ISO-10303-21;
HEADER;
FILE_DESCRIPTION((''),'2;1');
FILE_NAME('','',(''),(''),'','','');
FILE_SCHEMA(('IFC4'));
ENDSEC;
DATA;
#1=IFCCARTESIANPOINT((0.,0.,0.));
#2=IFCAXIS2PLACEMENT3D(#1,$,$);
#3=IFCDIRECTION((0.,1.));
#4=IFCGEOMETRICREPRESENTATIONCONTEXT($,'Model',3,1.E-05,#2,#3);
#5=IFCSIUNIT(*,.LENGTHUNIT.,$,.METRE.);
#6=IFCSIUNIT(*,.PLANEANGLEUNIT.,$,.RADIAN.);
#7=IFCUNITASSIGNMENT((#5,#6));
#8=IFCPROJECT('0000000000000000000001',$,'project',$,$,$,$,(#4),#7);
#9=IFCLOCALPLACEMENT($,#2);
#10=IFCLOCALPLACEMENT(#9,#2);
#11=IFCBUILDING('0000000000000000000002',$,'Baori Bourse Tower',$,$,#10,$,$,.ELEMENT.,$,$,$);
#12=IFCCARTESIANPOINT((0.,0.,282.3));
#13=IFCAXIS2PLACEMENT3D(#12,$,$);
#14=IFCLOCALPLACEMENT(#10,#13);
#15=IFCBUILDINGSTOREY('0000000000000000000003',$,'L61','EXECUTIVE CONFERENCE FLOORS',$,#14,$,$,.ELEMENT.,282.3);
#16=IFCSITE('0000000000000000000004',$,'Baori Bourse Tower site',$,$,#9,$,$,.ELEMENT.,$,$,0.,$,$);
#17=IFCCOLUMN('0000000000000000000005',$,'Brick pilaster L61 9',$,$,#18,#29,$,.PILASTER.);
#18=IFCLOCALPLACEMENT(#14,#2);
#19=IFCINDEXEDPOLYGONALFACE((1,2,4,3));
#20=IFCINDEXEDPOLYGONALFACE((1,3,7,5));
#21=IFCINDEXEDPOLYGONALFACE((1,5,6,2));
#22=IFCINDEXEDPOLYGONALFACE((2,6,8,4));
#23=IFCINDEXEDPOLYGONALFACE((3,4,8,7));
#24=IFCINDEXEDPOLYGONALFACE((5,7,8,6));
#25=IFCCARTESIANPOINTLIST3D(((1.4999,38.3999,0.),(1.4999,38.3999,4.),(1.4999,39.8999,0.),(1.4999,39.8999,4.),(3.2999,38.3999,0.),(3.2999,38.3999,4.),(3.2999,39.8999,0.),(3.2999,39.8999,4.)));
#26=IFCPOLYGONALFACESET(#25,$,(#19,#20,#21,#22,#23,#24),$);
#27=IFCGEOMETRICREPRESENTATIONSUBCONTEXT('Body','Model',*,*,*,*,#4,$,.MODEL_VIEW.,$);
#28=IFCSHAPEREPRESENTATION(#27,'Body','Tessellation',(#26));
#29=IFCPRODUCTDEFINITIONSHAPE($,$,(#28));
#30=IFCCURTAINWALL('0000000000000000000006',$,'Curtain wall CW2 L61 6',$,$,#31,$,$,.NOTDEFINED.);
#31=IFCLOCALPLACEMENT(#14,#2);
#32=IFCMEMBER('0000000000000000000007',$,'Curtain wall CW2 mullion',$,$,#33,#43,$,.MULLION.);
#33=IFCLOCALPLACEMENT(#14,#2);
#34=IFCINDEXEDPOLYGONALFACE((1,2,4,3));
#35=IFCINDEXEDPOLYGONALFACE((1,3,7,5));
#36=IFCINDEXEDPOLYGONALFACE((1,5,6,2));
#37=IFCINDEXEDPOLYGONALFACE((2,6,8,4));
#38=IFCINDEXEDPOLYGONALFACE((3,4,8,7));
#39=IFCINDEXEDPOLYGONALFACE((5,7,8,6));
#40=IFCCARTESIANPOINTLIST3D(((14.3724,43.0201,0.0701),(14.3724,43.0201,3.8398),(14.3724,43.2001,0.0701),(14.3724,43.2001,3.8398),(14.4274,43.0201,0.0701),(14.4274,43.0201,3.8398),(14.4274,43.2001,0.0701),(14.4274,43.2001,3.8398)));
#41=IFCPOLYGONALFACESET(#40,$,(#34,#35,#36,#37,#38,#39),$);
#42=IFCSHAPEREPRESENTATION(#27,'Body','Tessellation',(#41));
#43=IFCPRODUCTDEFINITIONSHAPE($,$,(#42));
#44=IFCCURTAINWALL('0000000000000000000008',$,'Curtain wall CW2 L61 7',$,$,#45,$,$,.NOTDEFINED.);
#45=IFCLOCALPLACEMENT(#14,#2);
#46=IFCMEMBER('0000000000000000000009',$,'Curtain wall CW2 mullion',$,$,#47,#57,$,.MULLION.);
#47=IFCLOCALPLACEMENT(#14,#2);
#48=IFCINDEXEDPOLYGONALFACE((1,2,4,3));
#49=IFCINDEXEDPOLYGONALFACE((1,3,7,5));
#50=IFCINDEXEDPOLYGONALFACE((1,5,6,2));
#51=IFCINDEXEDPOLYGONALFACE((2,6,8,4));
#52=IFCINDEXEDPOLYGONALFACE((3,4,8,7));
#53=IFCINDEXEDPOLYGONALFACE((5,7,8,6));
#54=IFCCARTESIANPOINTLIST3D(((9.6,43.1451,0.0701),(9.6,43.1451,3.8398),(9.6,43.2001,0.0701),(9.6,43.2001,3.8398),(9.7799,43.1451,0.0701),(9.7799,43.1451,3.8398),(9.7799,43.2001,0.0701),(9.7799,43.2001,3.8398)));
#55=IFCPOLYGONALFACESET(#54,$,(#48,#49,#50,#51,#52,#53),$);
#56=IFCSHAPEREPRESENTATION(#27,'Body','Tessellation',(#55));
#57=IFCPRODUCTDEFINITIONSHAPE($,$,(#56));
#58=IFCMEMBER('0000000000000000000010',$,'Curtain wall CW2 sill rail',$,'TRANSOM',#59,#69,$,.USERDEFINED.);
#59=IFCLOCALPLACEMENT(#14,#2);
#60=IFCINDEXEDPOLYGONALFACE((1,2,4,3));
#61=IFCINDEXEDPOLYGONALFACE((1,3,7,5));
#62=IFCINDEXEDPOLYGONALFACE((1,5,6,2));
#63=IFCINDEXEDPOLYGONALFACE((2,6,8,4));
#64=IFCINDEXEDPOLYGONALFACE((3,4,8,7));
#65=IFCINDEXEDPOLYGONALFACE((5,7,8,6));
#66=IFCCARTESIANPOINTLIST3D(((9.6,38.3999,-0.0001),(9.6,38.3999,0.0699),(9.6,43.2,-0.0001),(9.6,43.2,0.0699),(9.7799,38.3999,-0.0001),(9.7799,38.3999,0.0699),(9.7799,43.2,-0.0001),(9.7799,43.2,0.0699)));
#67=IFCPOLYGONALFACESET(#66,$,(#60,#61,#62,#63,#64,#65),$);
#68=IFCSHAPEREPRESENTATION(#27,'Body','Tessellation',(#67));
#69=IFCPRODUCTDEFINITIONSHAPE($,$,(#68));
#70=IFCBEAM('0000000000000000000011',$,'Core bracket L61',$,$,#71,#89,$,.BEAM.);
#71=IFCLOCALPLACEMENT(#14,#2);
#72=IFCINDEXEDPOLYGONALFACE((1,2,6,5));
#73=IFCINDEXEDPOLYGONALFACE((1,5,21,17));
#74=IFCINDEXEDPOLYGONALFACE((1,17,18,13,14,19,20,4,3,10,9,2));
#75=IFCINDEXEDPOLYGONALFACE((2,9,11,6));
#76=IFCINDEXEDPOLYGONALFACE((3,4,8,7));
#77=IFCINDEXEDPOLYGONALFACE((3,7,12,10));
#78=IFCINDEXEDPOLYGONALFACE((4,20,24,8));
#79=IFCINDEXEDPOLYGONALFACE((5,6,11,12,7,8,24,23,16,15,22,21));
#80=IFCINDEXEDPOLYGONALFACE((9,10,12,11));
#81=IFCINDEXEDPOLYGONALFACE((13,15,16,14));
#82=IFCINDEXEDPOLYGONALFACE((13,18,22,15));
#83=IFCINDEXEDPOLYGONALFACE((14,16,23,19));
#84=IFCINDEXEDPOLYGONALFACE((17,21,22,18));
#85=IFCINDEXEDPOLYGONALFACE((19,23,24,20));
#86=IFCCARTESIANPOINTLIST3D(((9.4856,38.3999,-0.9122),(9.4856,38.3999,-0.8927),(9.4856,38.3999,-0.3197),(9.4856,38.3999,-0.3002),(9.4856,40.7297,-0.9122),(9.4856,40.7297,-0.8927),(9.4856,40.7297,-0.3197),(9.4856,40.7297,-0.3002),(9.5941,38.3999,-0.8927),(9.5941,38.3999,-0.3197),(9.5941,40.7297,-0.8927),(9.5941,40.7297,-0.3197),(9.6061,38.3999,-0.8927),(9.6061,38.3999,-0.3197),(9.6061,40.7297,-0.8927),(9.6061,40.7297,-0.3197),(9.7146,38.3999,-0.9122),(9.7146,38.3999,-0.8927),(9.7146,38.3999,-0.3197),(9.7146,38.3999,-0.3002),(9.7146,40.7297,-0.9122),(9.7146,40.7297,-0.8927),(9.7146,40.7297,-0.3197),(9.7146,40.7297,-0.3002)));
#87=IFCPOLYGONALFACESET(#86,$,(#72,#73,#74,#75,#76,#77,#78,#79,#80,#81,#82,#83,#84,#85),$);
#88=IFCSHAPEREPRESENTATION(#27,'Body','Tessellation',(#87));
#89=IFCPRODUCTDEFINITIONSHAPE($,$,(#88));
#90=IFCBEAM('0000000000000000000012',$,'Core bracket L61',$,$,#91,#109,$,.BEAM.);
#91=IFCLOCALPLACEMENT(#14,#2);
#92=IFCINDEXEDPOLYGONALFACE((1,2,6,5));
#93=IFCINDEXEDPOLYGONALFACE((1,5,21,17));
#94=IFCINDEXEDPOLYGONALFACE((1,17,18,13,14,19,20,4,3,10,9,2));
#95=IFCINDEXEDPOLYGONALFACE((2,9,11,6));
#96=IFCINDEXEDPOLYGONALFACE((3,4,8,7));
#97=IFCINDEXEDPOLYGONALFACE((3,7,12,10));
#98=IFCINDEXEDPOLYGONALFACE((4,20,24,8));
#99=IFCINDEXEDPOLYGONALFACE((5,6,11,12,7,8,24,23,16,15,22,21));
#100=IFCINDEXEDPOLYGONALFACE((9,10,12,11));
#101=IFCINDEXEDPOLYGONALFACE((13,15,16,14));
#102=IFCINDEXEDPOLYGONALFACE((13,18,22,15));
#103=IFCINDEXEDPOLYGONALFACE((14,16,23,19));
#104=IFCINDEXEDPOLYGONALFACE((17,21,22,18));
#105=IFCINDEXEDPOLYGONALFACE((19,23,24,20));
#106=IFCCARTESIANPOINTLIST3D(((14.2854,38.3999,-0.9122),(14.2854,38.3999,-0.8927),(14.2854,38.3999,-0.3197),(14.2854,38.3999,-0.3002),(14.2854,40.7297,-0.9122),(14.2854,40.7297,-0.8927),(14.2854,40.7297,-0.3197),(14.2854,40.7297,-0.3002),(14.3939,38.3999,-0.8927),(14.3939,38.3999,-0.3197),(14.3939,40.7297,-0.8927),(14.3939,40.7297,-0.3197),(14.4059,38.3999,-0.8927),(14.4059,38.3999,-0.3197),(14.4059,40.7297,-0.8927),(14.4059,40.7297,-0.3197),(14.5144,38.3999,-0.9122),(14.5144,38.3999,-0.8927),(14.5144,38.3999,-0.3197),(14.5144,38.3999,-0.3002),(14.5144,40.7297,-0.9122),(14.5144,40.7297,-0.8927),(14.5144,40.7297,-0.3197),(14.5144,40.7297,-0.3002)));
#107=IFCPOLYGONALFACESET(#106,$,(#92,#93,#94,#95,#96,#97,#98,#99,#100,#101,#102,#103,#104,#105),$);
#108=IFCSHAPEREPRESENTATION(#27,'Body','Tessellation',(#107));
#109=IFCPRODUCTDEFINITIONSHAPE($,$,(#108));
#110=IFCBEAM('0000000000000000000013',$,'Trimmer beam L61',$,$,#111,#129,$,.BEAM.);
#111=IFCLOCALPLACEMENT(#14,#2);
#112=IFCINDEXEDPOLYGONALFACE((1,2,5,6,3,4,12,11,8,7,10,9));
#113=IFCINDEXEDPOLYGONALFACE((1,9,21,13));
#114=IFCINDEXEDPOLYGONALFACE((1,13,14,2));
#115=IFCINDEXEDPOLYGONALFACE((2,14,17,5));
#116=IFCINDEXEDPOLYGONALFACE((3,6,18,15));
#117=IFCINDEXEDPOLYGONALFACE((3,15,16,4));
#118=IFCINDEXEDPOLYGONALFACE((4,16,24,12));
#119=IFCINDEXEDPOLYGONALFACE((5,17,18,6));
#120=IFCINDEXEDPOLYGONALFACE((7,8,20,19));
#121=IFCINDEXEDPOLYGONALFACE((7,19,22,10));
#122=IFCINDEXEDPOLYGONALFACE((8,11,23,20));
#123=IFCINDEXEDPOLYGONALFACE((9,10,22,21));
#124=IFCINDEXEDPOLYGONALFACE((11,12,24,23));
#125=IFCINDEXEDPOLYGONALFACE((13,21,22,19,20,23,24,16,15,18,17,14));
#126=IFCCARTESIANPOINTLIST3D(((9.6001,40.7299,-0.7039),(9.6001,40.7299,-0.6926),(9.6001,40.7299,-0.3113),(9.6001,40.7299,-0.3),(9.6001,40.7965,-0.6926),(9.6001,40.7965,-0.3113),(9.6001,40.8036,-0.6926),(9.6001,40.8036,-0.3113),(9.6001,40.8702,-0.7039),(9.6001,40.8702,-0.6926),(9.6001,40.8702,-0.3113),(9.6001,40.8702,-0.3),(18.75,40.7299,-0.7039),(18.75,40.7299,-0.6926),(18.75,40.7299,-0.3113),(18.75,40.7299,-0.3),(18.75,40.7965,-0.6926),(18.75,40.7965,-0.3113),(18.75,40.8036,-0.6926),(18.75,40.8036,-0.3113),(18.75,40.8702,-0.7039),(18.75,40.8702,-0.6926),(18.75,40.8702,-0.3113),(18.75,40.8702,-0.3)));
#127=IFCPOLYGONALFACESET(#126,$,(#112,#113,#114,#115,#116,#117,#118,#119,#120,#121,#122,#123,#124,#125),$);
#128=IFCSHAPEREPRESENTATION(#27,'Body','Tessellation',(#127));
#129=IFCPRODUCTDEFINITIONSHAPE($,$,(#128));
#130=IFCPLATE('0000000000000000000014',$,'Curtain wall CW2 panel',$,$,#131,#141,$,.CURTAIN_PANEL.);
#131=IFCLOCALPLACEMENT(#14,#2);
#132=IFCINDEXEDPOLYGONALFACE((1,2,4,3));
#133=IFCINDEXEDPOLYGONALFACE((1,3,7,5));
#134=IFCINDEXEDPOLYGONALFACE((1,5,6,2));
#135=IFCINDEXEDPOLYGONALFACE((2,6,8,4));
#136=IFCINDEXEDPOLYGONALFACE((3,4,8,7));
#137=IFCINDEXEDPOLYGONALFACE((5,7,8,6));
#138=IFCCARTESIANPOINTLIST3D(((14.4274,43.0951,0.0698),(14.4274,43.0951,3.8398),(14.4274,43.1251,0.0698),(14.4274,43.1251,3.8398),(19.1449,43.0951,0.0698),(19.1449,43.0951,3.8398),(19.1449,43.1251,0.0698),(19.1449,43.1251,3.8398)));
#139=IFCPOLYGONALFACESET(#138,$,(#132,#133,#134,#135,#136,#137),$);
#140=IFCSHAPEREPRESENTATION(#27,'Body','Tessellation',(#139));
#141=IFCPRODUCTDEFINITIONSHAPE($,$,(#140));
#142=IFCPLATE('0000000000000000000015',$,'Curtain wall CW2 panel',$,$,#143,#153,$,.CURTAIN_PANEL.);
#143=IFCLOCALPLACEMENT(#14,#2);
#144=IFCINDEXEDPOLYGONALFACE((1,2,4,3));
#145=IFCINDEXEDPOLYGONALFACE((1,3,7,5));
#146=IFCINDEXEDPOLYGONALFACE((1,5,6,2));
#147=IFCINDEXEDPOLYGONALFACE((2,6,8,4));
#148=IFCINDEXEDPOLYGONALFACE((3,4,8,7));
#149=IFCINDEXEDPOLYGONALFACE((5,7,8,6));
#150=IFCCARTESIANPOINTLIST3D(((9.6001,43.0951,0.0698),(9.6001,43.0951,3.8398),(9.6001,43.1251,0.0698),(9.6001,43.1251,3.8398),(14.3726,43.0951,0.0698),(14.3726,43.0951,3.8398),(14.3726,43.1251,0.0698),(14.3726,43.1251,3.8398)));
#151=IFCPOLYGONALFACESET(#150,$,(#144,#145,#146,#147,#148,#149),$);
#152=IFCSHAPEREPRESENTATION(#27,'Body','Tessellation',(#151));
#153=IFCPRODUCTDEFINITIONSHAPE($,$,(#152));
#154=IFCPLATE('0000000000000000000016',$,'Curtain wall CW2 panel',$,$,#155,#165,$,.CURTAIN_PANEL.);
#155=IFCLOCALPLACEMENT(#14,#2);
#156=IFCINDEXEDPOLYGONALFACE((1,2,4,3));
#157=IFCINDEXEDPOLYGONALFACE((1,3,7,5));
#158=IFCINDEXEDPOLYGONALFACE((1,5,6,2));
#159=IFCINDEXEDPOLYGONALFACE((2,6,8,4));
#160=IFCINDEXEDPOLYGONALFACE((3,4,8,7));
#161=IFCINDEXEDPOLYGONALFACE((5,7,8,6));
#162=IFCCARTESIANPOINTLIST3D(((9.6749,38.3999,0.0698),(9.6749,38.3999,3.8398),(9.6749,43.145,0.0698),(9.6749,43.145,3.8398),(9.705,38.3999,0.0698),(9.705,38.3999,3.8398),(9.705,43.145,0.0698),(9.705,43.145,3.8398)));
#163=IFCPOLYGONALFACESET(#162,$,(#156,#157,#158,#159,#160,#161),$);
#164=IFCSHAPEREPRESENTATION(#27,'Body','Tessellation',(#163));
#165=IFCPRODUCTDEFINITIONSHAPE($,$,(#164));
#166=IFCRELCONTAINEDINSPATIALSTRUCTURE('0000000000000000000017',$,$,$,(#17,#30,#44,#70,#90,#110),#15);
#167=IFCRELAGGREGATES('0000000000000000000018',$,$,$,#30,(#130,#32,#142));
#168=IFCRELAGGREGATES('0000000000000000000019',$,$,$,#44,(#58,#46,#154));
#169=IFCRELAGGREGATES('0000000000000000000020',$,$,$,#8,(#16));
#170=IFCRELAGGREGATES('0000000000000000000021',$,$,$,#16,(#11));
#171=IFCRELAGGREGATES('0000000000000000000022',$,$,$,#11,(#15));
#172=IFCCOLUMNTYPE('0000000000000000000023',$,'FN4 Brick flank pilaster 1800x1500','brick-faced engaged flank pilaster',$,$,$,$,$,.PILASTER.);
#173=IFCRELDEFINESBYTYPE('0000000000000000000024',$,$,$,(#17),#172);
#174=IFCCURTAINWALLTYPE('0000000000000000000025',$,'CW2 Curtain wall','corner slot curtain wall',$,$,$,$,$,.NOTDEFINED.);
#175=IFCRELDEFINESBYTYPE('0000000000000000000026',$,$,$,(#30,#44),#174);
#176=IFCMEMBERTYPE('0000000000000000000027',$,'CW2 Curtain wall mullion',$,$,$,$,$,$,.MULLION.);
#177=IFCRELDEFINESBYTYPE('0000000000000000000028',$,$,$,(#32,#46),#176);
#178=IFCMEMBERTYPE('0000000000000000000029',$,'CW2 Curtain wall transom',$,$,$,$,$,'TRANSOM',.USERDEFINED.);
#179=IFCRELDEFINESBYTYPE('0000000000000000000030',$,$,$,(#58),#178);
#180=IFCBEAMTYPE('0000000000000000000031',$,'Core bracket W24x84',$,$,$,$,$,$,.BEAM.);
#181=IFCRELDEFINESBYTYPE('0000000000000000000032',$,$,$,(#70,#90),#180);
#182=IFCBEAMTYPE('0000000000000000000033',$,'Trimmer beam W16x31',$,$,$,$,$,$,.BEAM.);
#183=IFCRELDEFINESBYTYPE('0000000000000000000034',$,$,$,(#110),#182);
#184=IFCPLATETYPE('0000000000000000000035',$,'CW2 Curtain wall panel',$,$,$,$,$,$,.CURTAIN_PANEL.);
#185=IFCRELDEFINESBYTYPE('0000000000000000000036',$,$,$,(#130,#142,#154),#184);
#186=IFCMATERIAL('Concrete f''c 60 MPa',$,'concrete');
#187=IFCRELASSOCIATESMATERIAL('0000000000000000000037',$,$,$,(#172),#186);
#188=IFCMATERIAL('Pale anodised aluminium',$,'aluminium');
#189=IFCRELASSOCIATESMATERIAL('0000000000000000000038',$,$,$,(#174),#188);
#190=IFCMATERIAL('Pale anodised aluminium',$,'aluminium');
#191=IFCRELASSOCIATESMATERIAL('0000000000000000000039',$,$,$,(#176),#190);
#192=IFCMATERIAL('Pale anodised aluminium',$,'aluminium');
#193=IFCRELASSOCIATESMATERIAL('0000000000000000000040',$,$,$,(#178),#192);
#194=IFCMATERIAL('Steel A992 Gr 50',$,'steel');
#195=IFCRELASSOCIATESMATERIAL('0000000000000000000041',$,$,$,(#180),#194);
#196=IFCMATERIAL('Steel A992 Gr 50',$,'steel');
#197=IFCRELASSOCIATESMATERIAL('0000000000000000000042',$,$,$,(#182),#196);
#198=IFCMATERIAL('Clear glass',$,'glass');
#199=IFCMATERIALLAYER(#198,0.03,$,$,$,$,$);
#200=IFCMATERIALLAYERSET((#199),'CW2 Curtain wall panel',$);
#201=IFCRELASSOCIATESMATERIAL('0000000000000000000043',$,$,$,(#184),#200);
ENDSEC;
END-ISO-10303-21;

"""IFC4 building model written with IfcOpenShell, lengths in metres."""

from ifc_helpers import new_model, si_unit, direction, frame, origin, origin_2d, place, context, subcontext, project, spatial, rectangle, i_section, extrude, material, layer, layer_set, material_profile, profile_set, type_object, element, aggregate, save


model = new_model("IFC4")

# Units and contexts
model_context = context("Model", 3, precision=1e-05, world=origin(), true_north=direction((0.0, 1.0)))
body_context = subcontext(model_context, "Body", "Model", "MODEL_VIEW")
ifc_project = project(units=[si_unit("LENGTHUNIT", "METRE"), si_unit("PLANEANGLEUNIT", "RADIAN")], contexts=[model_context])

# Site, building, storey
site_placement = place(None, origin())
site = spatial("IfcSite", under=ifc_project, at=site_placement, Name="Baori Bourse Tower site", CompositionType="ELEMENT", RefElevation=0.0)
building_placement = place(site_placement, origin())
building = spatial("IfcBuilding", under=site, at=building_placement, Name="Baori Bourse Tower", CompositionType="ELEMENT")
storey_placement = place(building_placement, frame((0.0, 0.0, 282.3)))
storey = spatial("IfcBuildingStorey", under=building, at=storey_placement, Name="L61", Description="EXECUTIVE CONFERENCE FLOORS", CompositionType="ELEMENT", Elevation=282.3)

# Column
ifc_material_1 = material(Name="Concrete f'c 60 MPa", Category="concrete")
ifc_material_profile_1 = material_profile(ifc_material_1, rectangle(XDim=1.8, YDim=1.5, at=origin_2d()), Name="RC 1800x1500")
ifc_profile_set_1 = profile_set([ifc_material_profile_1], Name="Concrete f'c 60 MPa")
column_type = type_object("IfcColumnType", Name="FN4 Brick flank pilaster 1800x1500", Description="brick-faced engaged flank pilaster", PredefinedType="PILASTER", material=ifc_profile_set_1)
column_placement = place(storey_placement, frame((2.3999, 39.1499, 0.0), z_axis=(0.0, 0.0, 1.0), x_axis=(1.0, 0.0, 0.0)))
element("IfcColumn", 1, at=column_placement, inside=storey, type_object=column_type, Name="Brick pilaster L61 9", PredefinedType="PILASTER", context=body_context, shape_type="SweptSolid", body=[
    extrude(rectangle(XDim=1.8, YDim=1.5, at=origin_2d()), origin(), (0.0, 0.0, 1.0), 4.0),
])

# Curtain wall, member
ifc_material_2 = material(Name="Pale anodised aluminium", Category="aluminium")
curtain_wall_type = type_object("IfcCurtainWallType", Name="CW2 Curtain wall", Description="corner slot curtain wall", PredefinedType="NOTDEFINED", material=ifc_material_2)
curtain_wall_1_placement = place(storey_placement, origin())
curtain_wall_1 = element("IfcCurtainWall", 2, at=curtain_wall_1_placement, inside=storey, type_object=curtain_wall_type, Name="Curtain wall CW2 L61 6", PredefinedType="NOTDEFINED")
ifc_material_3 = material(Name="Pale anodised aluminium", Category="aluminium")
ifc_material_profile_2 = material_profile(ifc_material_3, rectangle(XDim=0.1799, YDim=0.0549, at=origin_2d()), Name="Mullion 55x180")
ifc_profile_set_2 = profile_set([ifc_material_profile_2], Name="Pale anodised aluminium")
member_type_1 = type_object("IfcMemberType", Name="CW2 Curtain wall mullion", PredefinedType="MULLION", material=ifc_profile_set_2)
member_1_placement = place(storey_placement, frame((14.3999, 43.1101, 0.0701), z_axis=(0.0, 0.0, 1.0), x_axis=(0.0, -1.0, 0.0)))
member_1 = element("IfcMember", 3, at=member_1_placement, type_object=member_type_1, Name="Curtain wall CW2 mullion", PredefinedType="MULLION", context=body_context, shape_type="SweptSolid", body=[
    extrude(rectangle(XDim=0.1799, YDim=0.0549, at=origin_2d()), origin(), (0.0, 0.0, 1.0), 3.7698),
])

# Curtain wall, members
curtain_wall_2_placement = place(storey_placement, origin())
curtain_wall_2 = element("IfcCurtainWall", 4, at=curtain_wall_2_placement, inside=storey, type_object=curtain_wall_type, Name="Curtain wall CW2 L61 7", PredefinedType="NOTDEFINED")
member_2_placement = place(storey_placement, frame((9.6899, 43.1726, 0.0701), z_axis=(0.0, 0.0, 1.0), x_axis=(1.0, 0.0, 0.0)))
member_2 = element("IfcMember", 5, at=member_2_placement, type_object=member_type_1, Name="Curtain wall CW2 mullion", PredefinedType="MULLION", context=body_context, shape_type="SweptSolid", body=[
    extrude(rectangle(XDim=0.1799, YDim=0.0549, at=origin_2d()), origin(), (0.0, 0.0, 1.0), 3.7698),
])
ifc_material_4 = material(Name="Pale anodised aluminium", Category="aluminium")
ifc_material_profile_3 = material_profile(ifc_material_4, rectangle(XDim=0.1799, YDim=0.0701, at=origin_2d()), Name="Transom 70x180")
ifc_profile_set_3 = profile_set([ifc_material_profile_3], Name="Pale anodised aluminium")
member_type_2 = type_object("IfcMemberType", Name="CW2 Curtain wall transom", ElementType="TRANSOM", PredefinedType="USERDEFINED", material=ifc_profile_set_3)
member_3_placement = place(storey_placement, frame((9.6899, 43.2, 0.0349), z_axis=(0.0, -1.0, 0.0), x_axis=(1.0, 0.0, 0.0)))
member_3 = element("IfcMember", 6, at=member_3_placement, type_object=member_type_2, Name="Curtain wall CW2 sill rail", ObjectType="TRANSOM", PredefinedType="USERDEFINED", context=body_context, shape_type="SweptSolid", body=[
    extrude(rectangle(XDim=0.1799, YDim=0.0701, at=origin_2d()), origin(), (0.0, 0.0, 1.0), 4.8),
])

# Beams
ifc_material_5 = material(Name="Steel A992 Gr 50", Category="steel")
ifc_material_profile_4 = material_profile(ifc_material_5, i_section(OverallWidth=0.229, OverallDepth=0.6121, WebThickness=0.012, FlangeThickness=0.0195, at=origin_2d()), Name="W24x84")
ifc_profile_set_4 = profile_set([ifc_material_profile_4], Name="Steel A992 Gr 50")
beam_type_1 = type_object("IfcBeamType", Name="Core bracket W24x84", PredefinedType="BEAM", material=ifc_profile_set_4)
for number, where, z_axis, x_axis, name in (
    (7, (9.6001, 38.3999, -0.6062), (0.0, 1.0, 0.0), (-1.0, 0.0, 0.0), "Core bracket L61"),
    (8, (14.3999, 38.3999, -0.6062), (0.0, 1.0, 0.0), (-1.0, 0.0, 0.0), "Core bracket L61"),
):
    element("IfcBeam", number, at=place(storey_placement, frame(where, z_axis=z_axis, x_axis=x_axis)), inside=storey, type_object=beam_type_1, Name=name, PredefinedType="BEAM", context=body_context, shape_type="SweptSolid", body=[
        extrude(i_section(OverallWidth=0.229, OverallDepth=0.6121, WebThickness=0.012, FlangeThickness=0.0195, at=origin_2d()), origin(), (0.0, 0.0, 1.0), 2.3298),
    ])
ifc_material_6 = material(Name="Steel A992 Gr 50", Category="steel")
ifc_material_profile_5 = material_profile(ifc_material_6, i_section(OverallWidth=0.1404, OverallDepth=0.4038, WebThickness=0.0071, FlangeThickness=0.0112, at=origin_2d()), Name="W16x31")
ifc_profile_set_5 = profile_set([ifc_material_profile_5], Name="Steel A992 Gr 50")
beam_type_2 = type_object("IfcBeamType", Name="Trimmer beam W16x31", PredefinedType="BEAM", material=ifc_profile_set_5)
beam_placement = place(storey_placement, frame((9.6001, 40.8, -0.502), z_axis=(1.0, 0.0, 0.0), x_axis=(0.0, 1.0, 0.0)))
element("IfcBeam", 9, at=beam_placement, inside=storey, type_object=beam_type_2, Name="Trimmer beam L61", PredefinedType="BEAM", context=body_context, shape_type="SweptSolid", body=[
    extrude(i_section(OverallWidth=0.1404, OverallDepth=0.4038, WebThickness=0.0071, FlangeThickness=0.0112, at=origin_2d()), origin(), (0.0, 0.0, 1.0), 9.1499),
])

# Plates
ifc_material_7 = material(Name="Clear glass", Category="glass")
ifc_layer_1 = layer(ifc_material_7, 0.03)
ifc_layer_set_1 = layer_set([ifc_layer_1], Name="CW2 Curtain wall panel")
plate_type = type_object("IfcPlateType", Name="CW2 Curtain wall panel", PredefinedType="CURTAIN_PANEL", material=ifc_layer_set_1)
plate_1_placement = place(storey_placement, frame((16.7861, 43.1101, 0.0698), z_axis=(0.0, 0.0, 1.0), x_axis=(-1.0, 0.0, 0.0)))
plate_1 = element("IfcPlate", 10, at=plate_1_placement, type_object=plate_type, Name="Curtain wall CW2 panel", PredefinedType="CURTAIN_PANEL", context=body_context, shape_type="SweptSolid", body=[
    extrude(rectangle(XDim=4.7175, YDim=0.03, at=origin_2d()), origin(), (0.0, 0.0, 1.0), 3.77),
])
plate_2_placement = place(storey_placement, frame((11.9863, 43.1101, 0.0698), z_axis=(0.0, 0.0, 1.0), x_axis=(-1.0, 0.0, 0.0)))
plate_2 = element("IfcPlate", 11, at=plate_2_placement, type_object=plate_type, Name="Curtain wall CW2 panel", PredefinedType="CURTAIN_PANEL", context=body_context, shape_type="SweptSolid", body=[
    extrude(rectangle(XDim=4.7725, YDim=0.03, at=origin_2d()), origin(), (0.0, 0.0, 1.0), 3.77),
])
aggregate(curtain_wall_1, [plate_1, member_1, plate_2])
plate_3_placement = place(storey_placement, frame((9.6899, 40.7725, 0.0698), z_axis=(0.0, 0.0, 1.0), x_axis=(0.0, -1.0, 0.0)))
plate_3 = element("IfcPlate", 12, at=plate_3_placement, type_object=plate_type, Name="Curtain wall CW2 panel", PredefinedType="CURTAIN_PANEL", context=body_context, shape_type="SweptSolid", body=[
    extrude(rectangle(XDim=4.7451, YDim=0.03, at=origin_2d()), origin(), (0.0, 0.0, 1.0), 3.77),
])
aggregate(curtain_wall_2, [member_3, member_2, plate_3])

save(model, "model.ifc")
